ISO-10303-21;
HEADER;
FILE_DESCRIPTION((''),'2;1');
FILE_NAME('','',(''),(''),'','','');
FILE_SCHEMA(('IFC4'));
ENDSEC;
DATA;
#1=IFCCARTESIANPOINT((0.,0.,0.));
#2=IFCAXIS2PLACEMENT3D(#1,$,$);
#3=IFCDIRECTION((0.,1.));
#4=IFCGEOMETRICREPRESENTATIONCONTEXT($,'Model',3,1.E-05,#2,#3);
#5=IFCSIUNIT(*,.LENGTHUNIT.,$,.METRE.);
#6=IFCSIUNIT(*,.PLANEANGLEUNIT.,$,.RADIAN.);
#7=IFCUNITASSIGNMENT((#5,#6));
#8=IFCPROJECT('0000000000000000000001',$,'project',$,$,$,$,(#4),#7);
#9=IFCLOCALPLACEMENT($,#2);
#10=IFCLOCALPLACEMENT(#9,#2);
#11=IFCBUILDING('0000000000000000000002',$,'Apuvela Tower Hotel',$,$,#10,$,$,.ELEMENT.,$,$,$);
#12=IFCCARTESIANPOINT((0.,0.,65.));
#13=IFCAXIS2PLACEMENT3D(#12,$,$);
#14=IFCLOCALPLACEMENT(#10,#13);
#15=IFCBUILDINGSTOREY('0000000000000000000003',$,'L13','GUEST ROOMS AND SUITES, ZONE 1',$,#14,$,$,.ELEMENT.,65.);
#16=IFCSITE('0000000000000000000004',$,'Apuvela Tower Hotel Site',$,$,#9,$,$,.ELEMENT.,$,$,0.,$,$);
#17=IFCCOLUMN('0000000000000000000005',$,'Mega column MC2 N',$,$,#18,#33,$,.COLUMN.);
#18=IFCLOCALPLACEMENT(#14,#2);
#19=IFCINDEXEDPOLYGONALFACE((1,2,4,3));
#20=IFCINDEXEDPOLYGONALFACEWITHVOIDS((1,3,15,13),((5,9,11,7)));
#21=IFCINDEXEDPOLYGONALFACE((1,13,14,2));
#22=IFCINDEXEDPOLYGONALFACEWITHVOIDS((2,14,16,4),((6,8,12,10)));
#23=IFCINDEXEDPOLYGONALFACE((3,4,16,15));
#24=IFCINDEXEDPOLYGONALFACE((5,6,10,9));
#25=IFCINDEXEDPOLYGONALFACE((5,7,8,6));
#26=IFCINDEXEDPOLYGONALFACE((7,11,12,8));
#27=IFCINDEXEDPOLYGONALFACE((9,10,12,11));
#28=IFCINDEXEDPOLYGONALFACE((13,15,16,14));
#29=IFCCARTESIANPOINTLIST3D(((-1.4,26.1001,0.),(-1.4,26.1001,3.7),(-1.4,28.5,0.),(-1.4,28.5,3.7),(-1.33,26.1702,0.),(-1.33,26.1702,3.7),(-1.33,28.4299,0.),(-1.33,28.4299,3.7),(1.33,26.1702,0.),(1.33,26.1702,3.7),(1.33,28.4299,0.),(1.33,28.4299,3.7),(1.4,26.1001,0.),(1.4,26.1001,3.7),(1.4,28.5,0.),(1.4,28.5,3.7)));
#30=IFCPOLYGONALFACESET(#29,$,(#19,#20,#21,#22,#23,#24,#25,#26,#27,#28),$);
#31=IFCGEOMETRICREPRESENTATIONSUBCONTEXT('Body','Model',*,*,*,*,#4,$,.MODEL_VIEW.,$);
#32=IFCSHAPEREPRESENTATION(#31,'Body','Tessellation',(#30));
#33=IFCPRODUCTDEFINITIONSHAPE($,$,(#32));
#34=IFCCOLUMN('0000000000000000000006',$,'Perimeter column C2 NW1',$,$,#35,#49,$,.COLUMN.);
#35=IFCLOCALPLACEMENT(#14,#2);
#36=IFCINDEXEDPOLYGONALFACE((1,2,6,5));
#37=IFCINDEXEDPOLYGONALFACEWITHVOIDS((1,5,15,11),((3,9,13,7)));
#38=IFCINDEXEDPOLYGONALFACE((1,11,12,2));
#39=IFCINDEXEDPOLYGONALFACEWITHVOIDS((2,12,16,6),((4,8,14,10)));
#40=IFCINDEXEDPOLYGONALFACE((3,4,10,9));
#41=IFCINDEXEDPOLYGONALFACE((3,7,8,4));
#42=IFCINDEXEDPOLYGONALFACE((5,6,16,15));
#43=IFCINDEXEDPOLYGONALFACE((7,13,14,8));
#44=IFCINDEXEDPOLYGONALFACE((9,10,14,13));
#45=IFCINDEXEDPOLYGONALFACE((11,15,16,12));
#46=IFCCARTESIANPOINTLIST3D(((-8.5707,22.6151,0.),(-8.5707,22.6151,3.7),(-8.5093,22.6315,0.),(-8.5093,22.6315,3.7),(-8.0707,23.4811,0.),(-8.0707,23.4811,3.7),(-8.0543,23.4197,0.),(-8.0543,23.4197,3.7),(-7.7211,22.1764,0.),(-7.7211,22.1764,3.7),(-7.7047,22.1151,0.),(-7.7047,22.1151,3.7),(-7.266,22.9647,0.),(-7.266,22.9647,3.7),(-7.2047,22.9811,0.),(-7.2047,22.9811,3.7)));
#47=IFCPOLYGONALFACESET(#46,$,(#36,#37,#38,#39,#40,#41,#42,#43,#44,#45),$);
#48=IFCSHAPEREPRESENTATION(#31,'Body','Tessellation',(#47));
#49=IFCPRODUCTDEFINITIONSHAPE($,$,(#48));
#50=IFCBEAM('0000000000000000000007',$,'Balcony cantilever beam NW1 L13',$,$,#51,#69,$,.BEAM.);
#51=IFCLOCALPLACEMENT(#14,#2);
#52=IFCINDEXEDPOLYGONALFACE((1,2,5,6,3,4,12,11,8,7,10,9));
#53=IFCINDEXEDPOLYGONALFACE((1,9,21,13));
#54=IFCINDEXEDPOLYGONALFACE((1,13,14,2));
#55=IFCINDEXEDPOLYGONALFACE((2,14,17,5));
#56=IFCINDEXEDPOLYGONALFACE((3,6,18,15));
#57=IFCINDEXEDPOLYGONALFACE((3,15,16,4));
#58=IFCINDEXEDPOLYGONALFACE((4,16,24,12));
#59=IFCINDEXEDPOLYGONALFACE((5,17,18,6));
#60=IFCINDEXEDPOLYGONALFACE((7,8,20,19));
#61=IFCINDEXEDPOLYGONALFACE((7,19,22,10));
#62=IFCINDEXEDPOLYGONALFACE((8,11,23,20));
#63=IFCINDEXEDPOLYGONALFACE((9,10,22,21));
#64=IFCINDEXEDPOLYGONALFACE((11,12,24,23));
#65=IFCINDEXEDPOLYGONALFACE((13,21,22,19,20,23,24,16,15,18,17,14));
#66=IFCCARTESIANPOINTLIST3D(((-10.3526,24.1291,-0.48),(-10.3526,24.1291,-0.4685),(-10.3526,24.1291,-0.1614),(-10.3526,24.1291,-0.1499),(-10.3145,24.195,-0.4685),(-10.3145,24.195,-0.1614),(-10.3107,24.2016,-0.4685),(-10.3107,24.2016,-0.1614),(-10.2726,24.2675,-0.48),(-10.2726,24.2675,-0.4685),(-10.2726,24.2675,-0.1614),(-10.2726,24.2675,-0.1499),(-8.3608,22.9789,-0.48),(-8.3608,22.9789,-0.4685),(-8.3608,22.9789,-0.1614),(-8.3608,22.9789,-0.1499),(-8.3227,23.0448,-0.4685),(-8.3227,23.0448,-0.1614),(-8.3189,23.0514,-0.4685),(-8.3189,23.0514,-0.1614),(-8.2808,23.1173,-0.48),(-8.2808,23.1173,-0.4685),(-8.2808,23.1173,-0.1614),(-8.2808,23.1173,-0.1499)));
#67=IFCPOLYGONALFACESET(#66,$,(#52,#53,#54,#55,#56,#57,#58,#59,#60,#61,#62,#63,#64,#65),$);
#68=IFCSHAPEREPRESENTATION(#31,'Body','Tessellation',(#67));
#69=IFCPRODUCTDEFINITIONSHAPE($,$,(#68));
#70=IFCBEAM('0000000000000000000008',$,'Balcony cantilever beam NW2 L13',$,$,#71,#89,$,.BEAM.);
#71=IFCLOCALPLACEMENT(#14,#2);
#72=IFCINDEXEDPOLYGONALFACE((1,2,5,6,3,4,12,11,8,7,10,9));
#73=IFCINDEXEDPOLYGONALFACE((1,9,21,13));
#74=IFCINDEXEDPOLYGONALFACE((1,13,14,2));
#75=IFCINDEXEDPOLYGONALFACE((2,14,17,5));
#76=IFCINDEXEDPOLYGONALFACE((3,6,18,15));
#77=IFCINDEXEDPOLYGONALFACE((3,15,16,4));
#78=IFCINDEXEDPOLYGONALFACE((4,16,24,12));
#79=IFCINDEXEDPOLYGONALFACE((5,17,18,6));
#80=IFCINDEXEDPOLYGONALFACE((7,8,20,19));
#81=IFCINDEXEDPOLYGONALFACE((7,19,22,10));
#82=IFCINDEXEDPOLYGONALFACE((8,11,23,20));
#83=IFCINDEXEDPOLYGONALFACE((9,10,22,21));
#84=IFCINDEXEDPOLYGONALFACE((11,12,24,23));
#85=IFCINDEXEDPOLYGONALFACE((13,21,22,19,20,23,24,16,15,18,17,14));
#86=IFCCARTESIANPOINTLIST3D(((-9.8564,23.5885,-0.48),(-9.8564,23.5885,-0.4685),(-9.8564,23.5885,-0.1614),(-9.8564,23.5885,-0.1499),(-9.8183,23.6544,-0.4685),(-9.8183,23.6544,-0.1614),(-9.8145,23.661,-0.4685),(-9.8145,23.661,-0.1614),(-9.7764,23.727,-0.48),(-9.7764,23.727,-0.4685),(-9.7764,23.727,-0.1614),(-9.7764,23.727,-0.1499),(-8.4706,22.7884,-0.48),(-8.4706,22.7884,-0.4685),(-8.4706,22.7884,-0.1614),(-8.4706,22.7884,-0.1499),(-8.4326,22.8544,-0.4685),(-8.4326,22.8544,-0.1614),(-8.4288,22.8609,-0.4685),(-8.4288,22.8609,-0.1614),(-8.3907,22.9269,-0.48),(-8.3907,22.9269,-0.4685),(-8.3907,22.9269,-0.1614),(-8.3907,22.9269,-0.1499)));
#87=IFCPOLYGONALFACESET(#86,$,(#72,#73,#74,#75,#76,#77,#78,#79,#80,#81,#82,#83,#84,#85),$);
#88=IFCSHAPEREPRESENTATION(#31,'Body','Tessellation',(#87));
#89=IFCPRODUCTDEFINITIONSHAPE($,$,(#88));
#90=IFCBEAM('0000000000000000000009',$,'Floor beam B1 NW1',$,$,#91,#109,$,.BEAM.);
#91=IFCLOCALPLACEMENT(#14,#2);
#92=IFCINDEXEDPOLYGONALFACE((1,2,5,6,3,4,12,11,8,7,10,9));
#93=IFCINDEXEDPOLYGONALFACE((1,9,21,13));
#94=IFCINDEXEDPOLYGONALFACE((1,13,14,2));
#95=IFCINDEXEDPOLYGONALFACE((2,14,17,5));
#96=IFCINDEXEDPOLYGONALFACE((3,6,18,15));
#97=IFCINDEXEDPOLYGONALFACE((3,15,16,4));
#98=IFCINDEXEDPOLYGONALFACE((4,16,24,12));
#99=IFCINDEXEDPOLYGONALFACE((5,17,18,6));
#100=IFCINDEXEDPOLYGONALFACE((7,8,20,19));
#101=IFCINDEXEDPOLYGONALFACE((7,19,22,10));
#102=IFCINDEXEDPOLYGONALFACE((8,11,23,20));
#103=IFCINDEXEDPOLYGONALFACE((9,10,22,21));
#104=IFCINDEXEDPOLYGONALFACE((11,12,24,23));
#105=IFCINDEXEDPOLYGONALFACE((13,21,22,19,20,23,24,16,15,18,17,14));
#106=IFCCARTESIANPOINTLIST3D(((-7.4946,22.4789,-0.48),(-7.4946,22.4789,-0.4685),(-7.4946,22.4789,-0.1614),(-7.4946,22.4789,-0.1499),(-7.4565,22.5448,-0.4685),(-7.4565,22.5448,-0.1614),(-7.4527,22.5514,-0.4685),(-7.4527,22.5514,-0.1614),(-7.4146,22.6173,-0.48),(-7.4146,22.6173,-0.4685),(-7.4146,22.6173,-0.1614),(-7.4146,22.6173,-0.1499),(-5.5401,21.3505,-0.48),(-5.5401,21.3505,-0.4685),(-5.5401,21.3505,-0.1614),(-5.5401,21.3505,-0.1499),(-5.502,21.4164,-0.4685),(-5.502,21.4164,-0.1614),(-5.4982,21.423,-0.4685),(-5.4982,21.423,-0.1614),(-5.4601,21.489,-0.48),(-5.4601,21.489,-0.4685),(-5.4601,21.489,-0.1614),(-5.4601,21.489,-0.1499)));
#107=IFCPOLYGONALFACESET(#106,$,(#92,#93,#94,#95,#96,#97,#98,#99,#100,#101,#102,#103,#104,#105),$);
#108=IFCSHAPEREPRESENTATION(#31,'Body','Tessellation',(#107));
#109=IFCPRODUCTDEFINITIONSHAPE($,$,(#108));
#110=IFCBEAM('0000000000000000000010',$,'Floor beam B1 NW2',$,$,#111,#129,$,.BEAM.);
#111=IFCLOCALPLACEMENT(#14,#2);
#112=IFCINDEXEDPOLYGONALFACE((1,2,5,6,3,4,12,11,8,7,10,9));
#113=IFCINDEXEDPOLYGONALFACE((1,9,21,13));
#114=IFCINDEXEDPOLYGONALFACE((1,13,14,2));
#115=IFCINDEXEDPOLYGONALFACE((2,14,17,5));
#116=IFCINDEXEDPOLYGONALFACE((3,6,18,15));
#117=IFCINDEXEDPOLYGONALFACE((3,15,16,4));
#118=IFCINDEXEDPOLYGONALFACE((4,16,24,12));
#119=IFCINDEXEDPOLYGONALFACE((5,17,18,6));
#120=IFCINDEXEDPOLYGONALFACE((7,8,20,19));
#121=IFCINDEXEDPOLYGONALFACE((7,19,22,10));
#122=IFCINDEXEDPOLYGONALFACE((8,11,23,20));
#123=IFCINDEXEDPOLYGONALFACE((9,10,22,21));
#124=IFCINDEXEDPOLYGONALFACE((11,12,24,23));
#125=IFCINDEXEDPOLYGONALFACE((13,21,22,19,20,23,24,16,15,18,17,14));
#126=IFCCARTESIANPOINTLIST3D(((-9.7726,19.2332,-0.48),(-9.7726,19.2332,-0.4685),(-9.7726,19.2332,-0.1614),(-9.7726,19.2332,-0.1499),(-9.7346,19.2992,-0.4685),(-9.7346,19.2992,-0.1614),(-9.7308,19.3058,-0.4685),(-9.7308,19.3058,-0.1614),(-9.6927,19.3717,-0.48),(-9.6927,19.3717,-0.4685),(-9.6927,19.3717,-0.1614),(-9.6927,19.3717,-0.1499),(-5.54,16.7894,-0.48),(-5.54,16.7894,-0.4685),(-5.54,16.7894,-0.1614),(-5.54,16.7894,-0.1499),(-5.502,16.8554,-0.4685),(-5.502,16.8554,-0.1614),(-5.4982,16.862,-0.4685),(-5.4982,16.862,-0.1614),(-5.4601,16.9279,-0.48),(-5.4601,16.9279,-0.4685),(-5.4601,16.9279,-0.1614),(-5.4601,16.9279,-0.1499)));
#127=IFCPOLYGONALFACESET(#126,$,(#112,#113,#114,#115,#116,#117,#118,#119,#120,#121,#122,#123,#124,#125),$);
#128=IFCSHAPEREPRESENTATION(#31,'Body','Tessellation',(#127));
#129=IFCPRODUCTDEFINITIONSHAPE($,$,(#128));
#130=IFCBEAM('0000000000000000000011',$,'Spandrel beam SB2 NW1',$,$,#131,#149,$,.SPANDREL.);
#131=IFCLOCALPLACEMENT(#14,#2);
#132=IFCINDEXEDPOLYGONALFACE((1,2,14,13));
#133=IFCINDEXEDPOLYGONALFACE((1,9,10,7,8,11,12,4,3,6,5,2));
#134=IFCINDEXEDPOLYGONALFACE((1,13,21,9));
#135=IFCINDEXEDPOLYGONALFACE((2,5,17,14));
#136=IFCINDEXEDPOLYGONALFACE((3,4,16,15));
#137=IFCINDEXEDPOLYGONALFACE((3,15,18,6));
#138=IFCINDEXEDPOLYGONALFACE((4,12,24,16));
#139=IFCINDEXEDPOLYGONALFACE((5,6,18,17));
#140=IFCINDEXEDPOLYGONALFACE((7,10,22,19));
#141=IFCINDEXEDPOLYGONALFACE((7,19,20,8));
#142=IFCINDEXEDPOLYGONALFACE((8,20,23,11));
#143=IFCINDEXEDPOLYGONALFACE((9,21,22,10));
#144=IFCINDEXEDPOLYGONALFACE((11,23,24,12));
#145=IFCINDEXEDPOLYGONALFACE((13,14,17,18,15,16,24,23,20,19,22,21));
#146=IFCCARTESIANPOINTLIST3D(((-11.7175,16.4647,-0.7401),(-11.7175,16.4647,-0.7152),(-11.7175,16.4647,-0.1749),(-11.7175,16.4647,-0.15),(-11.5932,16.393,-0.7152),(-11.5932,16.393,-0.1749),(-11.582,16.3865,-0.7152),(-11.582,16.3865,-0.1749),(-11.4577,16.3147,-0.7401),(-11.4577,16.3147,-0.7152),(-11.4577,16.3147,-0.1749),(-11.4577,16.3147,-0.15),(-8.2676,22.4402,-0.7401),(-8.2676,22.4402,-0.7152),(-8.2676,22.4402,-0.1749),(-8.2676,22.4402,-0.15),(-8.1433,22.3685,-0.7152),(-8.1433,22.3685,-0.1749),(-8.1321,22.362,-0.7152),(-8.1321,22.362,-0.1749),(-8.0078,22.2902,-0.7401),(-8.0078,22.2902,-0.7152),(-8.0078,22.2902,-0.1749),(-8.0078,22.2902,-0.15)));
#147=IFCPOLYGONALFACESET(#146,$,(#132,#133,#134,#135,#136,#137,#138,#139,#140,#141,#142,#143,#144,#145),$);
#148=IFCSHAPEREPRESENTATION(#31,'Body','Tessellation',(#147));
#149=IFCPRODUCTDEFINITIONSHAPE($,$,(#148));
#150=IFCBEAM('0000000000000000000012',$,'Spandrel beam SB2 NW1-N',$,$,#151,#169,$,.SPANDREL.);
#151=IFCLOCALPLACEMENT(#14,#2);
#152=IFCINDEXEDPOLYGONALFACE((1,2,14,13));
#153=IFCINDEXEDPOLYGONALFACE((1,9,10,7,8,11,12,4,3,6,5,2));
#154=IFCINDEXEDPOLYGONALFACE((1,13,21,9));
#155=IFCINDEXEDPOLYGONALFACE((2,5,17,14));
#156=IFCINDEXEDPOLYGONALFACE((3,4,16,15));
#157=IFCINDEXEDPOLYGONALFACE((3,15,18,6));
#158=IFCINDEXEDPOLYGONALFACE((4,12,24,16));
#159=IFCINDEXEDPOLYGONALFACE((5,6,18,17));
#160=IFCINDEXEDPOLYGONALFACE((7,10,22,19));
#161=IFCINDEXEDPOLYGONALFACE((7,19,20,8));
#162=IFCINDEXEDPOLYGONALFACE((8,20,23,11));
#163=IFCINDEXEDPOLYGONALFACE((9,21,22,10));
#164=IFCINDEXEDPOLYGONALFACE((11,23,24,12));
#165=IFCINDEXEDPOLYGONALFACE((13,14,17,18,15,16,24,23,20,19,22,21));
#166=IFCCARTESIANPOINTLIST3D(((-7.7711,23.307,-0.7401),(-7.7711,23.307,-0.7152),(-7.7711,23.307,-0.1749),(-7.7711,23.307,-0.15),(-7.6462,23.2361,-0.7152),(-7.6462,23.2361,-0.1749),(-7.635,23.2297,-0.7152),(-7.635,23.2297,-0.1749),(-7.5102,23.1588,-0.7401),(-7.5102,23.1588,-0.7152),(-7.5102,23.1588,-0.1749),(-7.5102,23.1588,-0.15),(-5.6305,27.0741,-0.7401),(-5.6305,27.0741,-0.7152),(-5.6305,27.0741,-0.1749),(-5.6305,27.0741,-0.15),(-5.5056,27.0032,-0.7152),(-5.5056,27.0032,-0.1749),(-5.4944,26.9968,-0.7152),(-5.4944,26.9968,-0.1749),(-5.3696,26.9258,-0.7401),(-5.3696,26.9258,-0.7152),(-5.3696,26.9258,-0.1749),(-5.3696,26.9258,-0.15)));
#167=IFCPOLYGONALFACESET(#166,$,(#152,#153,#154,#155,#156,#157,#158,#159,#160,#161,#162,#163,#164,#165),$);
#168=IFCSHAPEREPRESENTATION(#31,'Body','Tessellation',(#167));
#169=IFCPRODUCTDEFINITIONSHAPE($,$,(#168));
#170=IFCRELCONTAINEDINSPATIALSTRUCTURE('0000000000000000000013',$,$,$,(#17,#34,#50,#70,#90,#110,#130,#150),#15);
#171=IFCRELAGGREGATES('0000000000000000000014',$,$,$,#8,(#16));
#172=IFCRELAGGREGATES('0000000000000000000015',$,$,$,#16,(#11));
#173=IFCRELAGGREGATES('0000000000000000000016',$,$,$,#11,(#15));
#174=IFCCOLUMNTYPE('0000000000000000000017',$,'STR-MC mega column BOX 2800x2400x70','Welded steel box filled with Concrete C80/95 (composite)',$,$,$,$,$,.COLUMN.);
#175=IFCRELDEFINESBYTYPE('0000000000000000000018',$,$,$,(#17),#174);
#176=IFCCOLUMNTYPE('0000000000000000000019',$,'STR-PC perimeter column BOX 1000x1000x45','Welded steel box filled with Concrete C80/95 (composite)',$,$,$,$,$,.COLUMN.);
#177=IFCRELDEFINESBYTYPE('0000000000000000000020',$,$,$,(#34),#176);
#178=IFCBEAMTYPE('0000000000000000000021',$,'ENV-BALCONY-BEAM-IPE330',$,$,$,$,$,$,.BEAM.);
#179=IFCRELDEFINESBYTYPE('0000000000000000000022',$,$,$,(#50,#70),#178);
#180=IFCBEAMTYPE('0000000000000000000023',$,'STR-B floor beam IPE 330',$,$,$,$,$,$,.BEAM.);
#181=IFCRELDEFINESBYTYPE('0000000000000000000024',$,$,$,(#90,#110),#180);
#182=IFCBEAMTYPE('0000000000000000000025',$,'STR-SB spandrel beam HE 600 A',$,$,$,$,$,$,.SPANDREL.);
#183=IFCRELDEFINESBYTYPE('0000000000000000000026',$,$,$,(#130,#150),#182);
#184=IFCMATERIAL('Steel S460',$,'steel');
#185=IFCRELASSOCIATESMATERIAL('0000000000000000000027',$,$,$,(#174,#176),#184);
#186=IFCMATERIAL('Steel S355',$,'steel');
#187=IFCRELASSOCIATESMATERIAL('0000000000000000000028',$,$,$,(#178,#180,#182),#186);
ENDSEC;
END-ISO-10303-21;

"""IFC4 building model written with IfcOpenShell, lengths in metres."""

from ifc_helpers import new_model, si_unit, direction, frame, origin, origin_2d, place, context, subcontext, project, spatial, rectangle, hollow_rectangle, i_section, extrude, material, material_profile, profile_set, type_object, element, save


model = new_model("IFC4")

# Units and contexts
model_context = context("Model", 3, precision=1e-05, world=origin(), true_north=direction((0.0, 1.0)))
body_context = subcontext(model_context, "Body", "Model", "MODEL_VIEW")
ifc_project = project(units=[si_unit("LENGTHUNIT", "METRE"), si_unit("PLANEANGLEUNIT", "RADIAN")], contexts=[model_context])

# Site, building, storey
site_placement = place(None, origin())
site = spatial("IfcSite", under=ifc_project, at=site_placement, Name="Apuvela Tower Hotel Site", CompositionType="ELEMENT", RefElevation=0.0)
building_placement = place(site_placement, origin())
building = spatial("IfcBuilding", under=site, at=building_placement, Name="Apuvela Tower Hotel", CompositionType="ELEMENT")
storey_placement = place(building_placement, frame((0.0, 0.0, 65.0)))
storey = spatial("IfcBuildingStorey", under=building, at=storey_placement, Name="L13", Description="GUEST ROOMS AND SUITES, ZONE 1", CompositionType="ELEMENT", Elevation=65.0)

# Columns
ifc_material_1 = material(Name="Steel S460", Category="steel")
ifc_material_profile_1 = material_profile(ifc_material_1, hollow_rectangle(XDim=2.8, YDim=2.3999, WallThickness=0.0701, at=origin_2d()), Name="BOX 2800x2400x70")
ifc_material_2 = material(Name="Concrete C80/95", Category="concrete")
ifc_material_profile_2 = material_profile(ifc_material_2, rectangle(XDim=2.6599, YDim=2.26, at=origin_2d()), Name="Concrete C80/95 infill")
ifc_profile_set_1 = profile_set([ifc_material_profile_1, ifc_material_profile_2], Name="Steel S460")
column_type_1 = type_object("IfcColumnType", Name="STR-MC mega column BOX 2800x2400x70", Description="Welded steel box filled with Concrete C80/95 (composite)", PredefinedType="COLUMN", material=ifc_profile_set_1)
column_1_placement = place(storey_placement, frame((0.0, 27.3, 0.0), z_axis=(0.0, 0.0, 1.0), x_axis=(1.0, 0.0, 0.0)))
element("IfcColumn", 1, at=column_1_placement, inside=storey, type_object=column_type_1, Name="Mega column MC2 N", PredefinedType="COLUMN", context=body_context, shape_type="SweptSolid", body=[
    extrude(hollow_rectangle(XDim=2.8, YDim=2.3999, WallThickness=0.0701, at=origin_2d()), origin(), (0.0, 0.0, 1.0), 3.7),
])
ifc_material_profile_3 = material_profile(ifc_material_1, hollow_rectangle(XDim=1.0, YDim=1.0, WallThickness=0.0449, at=origin_2d()), Name="BOX 1000x1000x45")
ifc_material_profile_4 = material_profile(ifc_material_2, rectangle(XDim=0.9099, YDim=0.9099, at=origin_2d()), Name="Concrete C80/95 infill")
ifc_profile_set_2 = profile_set([ifc_material_profile_3, ifc_material_profile_4], Name="Steel S460")
column_type_2 = type_object("IfcColumnType", Name="STR-PC perimeter column BOX 1000x1000x45", Description="Welded steel box filled with Concrete C80/95 (composite)", PredefinedType="COLUMN", material=ifc_profile_set_2)
column_2_placement = place(storey_placement, frame((-7.8877, 22.7981, 0.0), z_axis=(0.0, 0.0, 1.0), x_axis=(0.5, 0.866025, 0.0)))
element("IfcColumn", 2, at=column_2_placement, inside=storey, type_object=column_type_2, Name="Perimeter column C2 NW1", PredefinedType="COLUMN", context=body_context, shape_type="SweptSolid", body=[
    extrude(hollow_rectangle(XDim=1.0, YDim=1.0, WallThickness=0.0449, at=origin_2d()), origin(), (0.0, 0.0, 1.0), 3.7),
])

# Beams
ifc_material_3 = material(Name="Steel S355", Category="steel")
ifc_material_profile_5 = material_profile(ifc_material_3, i_section(OverallWidth=0.1599, OverallDepth=0.3301, WebThickness=0.0076, FlangeThickness=0.0115, at=origin_2d()), Name="IPE 330")
ifc_profile_set_3 = profile_set([ifc_material_profile_5], Name="Steel S355")
beam_type_1 = type_object("IfcBeamType", Name="ENV-BALCONY-BEAM-IPE330", PredefinedType="BEAM", material=ifc_profile_set_3)
beam_1_placement = place(storey_placement, frame((-8.3208, 23.0481, -0.3149), z_axis=(-0.865981, 0.500078, 0.0), x_axis=(-0.500078, -0.865981, 0.0)))
element("IfcBeam", 3, at=beam_1_placement, inside=storey, type_object=beam_type_1, Name="Balcony cantilever beam NW1 L13", PredefinedType="BEAM", context=body_context, shape_type="SweptSolid", body=[
    extrude(i_section(OverallWidth=0.1599, OverallDepth=0.3301, WebThickness=0.0076, FlangeThickness=0.0115, at=origin_2d()), origin(), (0.0, 0.0, 1.0), 2.3),
])
beam_2_placement = place(storey_placement, frame((-8.4307, 22.8577, -0.3149), z_axis=(-0.866028, 0.499995, 0.0), x_axis=(-0.499995, -0.866028, 0.0)))
element("IfcBeam", 4, at=beam_2_placement, inside=storey, type_object=beam_type_1, Name="Balcony cantilever beam NW2 L13", PredefinedType="BEAM", context=body_context, shape_type="SweptSolid", body=[
    extrude(i_section(OverallWidth=0.1599, OverallDepth=0.3301, WebThickness=0.0076, FlangeThickness=0.0115, at=origin_2d()), origin(), (0.0, 0.0, 1.0), 1.6001),
])
ifc_material_profile_6 = material_profile(ifc_material_3, i_section(OverallWidth=0.1599, OverallDepth=0.3301, WebThickness=0.0076, FlangeThickness=0.0115, at=origin_2d()), Name="IPE 330")
ifc_profile_set_4 = profile_set([ifc_material_profile_6], Name="Steel S355")
beam_type_2 = type_object("IfcBeamType", Name="STR-B floor beam IPE 330", PredefinedType="BEAM", material=ifc_profile_set_4)
beam_3_placement = place(storey_placement, frame((-7.4546, 22.5481, -0.3149), z_axis=(0.866038, -0.499978, 0.0), x_axis=(0.499978, 0.866038, 0.0)))
element("IfcBeam", 5, at=beam_3_placement, inside=storey, type_object=beam_type_2, Name="Floor beam B1 NW1", PredefinedType="BEAM", context=body_context, shape_type="SweptSolid", body=[
    extrude(i_section(OverallWidth=0.1599, OverallDepth=0.3301, WebThickness=0.0076, FlangeThickness=0.0115, at=origin_2d()), origin(), (0.0, 0.0, 1.0), 2.2568),
])
beam_4_placement = place(storey_placement, frame((-9.7327, 19.3025, -0.3149), z_axis=(0.866015, -0.500018, 0.0), x_axis=(0.500018, 0.866015, 0.0)))
element("IfcBeam", 6, at=beam_4_placement, inside=storey, type_object=beam_type_2, Name="Floor beam B1 NW2", PredefinedType="BEAM", context=body_context, shape_type="SweptSolid", body=[
    extrude(i_section(OverallWidth=0.1599, OverallDepth=0.3301, WebThickness=0.0076, FlangeThickness=0.0115, at=origin_2d()), origin(), (0.0, 0.0, 1.0), 4.8875),
])
ifc_material_profile_7 = material_profile(ifc_material_3, i_section(OverallWidth=0.3, OverallDepth=0.5901, WebThickness=0.0129, FlangeThickness=0.0249, at=origin_2d()), Name="HE 600 A")
ifc_profile_set_5 = profile_set([ifc_material_profile_7], Name="Steel S355")
beam_type_3 = type_object("IfcBeamType", Name="STR-SB spandrel beam HE 600 A", PredefinedType="SPANDREL", material=ifc_profile_set_5)
beam_5_placement = place(storey_placement, frame((-8.1377, 22.3652, -0.4451), z_axis=(-0.499994, -0.866029, 0.0), x_axis=(0.866029, -0.499994, 0.0)))
element("IfcBeam", 7, at=beam_5_placement, inside=storey, type_object=beam_type_3, Name="Spandrel beam SB2 NW1", PredefinedType="SPANDREL", context=body_context, shape_type="SweptSolid", body=[
    extrude(i_section(OverallWidth=0.3, OverallDepth=0.5901, WebThickness=0.0129, FlangeThickness=0.0249, at=origin_2d()), origin(), (0.0, 0.0, 1.0), 6.8999),
])
beam_6_placement = place(storey_placement, frame((-7.6406, 23.2329, -0.4451), z_axis=(0.49405, 0.869433, 0.0), x_axis=(-0.869433, 0.49405, 0.0)))
element("IfcBeam", 8, at=beam_6_placement, inside=storey, type_object=beam_type_3, Name="Spandrel beam SB2 NW1-N", PredefinedType="SPANDREL", context=body_context, shape_type="SweptSolid", body=[
    extrude(i_section(OverallWidth=0.3, OverallDepth=0.5901, WebThickness=0.0129, FlangeThickness=0.0249, at=origin_2d()), origin(), (0.0, 0.0, 1.0), 4.3328),
])

save(model, "model.ifc")
